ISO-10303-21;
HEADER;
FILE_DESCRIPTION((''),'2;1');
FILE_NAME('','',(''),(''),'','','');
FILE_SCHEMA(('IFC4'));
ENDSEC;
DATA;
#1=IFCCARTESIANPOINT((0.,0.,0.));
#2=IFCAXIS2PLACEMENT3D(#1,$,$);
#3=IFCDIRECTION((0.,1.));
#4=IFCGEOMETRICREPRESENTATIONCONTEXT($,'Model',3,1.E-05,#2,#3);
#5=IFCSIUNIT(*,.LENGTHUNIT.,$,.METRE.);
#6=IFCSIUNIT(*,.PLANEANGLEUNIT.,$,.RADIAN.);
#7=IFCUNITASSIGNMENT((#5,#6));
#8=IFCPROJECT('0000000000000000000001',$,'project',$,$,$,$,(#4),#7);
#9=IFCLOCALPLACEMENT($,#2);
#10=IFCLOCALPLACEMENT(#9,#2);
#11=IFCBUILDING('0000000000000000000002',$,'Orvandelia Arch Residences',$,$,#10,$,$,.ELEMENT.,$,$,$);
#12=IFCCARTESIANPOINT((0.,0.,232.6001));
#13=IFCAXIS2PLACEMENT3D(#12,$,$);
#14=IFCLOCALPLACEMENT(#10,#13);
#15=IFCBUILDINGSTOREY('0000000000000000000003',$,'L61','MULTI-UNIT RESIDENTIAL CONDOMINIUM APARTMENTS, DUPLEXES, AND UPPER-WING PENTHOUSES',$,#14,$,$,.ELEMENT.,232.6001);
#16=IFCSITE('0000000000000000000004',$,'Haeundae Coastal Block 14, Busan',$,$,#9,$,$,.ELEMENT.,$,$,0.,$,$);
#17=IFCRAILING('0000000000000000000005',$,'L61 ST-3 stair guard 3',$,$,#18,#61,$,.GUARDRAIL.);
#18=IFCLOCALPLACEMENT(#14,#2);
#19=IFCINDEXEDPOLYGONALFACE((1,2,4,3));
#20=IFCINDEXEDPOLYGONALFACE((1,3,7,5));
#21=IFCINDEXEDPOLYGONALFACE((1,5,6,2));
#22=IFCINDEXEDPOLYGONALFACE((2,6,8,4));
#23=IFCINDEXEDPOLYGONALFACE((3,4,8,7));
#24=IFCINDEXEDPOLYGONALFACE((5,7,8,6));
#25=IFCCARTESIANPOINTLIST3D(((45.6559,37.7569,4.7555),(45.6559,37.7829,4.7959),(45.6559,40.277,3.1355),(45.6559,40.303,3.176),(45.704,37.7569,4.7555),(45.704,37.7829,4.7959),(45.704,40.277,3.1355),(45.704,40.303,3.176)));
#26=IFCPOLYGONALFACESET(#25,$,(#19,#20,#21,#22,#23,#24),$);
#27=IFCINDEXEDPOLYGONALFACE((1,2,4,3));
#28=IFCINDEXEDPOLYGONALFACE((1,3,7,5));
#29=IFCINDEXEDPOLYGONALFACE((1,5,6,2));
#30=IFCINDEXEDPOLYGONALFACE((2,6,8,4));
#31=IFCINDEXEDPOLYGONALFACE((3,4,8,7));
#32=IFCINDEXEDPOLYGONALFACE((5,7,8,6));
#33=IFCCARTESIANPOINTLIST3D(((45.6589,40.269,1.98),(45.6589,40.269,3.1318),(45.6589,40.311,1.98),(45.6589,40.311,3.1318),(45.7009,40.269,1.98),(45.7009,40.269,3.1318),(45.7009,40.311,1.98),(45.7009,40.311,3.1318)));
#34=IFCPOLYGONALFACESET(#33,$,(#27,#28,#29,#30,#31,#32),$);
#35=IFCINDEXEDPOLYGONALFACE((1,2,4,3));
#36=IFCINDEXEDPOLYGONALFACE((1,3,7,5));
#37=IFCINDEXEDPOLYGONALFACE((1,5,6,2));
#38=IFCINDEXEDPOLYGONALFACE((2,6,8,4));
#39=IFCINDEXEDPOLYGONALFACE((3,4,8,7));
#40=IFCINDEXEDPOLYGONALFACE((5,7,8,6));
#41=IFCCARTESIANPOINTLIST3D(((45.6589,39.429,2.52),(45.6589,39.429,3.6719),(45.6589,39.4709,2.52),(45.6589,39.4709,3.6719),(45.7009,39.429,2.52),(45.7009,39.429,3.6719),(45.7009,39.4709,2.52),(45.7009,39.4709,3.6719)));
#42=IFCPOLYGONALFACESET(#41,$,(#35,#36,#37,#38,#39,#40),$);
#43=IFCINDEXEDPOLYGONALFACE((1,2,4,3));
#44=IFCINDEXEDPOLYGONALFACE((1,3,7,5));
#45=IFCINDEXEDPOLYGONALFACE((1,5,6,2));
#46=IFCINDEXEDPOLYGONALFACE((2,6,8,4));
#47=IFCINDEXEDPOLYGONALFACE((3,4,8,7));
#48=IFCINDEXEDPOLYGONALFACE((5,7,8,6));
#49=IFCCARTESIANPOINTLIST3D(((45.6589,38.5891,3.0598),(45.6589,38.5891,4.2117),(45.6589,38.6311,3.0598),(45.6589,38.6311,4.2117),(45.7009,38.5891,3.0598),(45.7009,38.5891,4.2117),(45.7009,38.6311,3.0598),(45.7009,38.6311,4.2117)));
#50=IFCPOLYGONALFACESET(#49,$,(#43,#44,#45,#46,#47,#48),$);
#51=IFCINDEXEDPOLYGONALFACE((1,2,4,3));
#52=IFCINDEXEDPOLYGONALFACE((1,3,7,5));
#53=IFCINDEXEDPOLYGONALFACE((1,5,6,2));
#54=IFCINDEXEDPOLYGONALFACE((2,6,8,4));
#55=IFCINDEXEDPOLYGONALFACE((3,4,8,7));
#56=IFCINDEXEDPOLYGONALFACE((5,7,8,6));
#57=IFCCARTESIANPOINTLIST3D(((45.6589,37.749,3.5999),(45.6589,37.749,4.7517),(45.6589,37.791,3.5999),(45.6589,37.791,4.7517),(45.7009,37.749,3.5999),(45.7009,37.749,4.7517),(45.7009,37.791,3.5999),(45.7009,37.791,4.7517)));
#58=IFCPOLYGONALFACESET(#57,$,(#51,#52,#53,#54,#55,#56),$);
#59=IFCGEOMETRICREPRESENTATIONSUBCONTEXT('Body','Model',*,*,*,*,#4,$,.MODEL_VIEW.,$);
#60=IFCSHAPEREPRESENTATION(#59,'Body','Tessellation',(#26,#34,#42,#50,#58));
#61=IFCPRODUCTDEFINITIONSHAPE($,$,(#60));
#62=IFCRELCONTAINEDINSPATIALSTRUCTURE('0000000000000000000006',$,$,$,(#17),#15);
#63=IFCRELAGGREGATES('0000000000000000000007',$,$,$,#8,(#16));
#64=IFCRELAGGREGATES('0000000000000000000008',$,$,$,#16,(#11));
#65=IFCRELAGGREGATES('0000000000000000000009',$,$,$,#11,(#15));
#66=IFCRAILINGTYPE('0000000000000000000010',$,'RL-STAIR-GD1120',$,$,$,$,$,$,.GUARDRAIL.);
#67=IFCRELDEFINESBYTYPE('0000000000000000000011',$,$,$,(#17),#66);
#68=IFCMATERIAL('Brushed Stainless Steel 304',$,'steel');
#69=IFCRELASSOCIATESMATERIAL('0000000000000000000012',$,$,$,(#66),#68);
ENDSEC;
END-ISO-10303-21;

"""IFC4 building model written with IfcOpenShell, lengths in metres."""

from ifc_helpers import new_model, si_unit, direction, frame, origin, origin_2d, place, context, subcontext, project, spatial, rectangle, extrude, material, type_object, element, save


model = new_model("IFC4")

# Units and contexts
model_context = context("Model", 3, precision=1e-05, world=origin(), true_north=direction((0.0, 1.0)))
body_context = subcontext(model_context, "Body", "Model", "MODEL_VIEW")
ifc_project = project(units=[si_unit("LENGTHUNIT", "METRE"), si_unit("PLANEANGLEUNIT", "RADIAN")], contexts=[model_context])

# Site, building, storey
site_placement = place(None, origin())
site = spatial("IfcSite", under=ifc_project, at=site_placement, Name="Haeundae Coastal Block 14, Busan", CompositionType="ELEMENT", RefElevation=0.0)
building_placement = place(site_placement, origin())
building = spatial("IfcBuilding", under=site, at=building_placement, Name="Orvandelia Arch Residences", CompositionType="ELEMENT")
storey_placement = place(building_placement, frame((0.0, 0.0, 232.6001)))
storey = spatial("IfcBuildingStorey", under=building, at=storey_placement, Name="L61", Description="MULTI-UNIT RESIDENTIAL CONDOMINIUM APARTMENTS, DUPLEXES, AND UPPER-WING PENTHOUSES", CompositionType="ELEMENT", Elevation=232.6001)

# Railing
ifc_material_1 = material(Name="Brushed Stainless Steel 304", Category="steel")
railing_type = type_object("IfcRailingType", Name="RL-STAIR-GD1120", PredefinedType="GUARDRAIL", material=ifc_material_1)
railing_1_placement = place(storey_placement, frame((45.6799, 40.29, 1.98)))
element("IfcRailing", 1, at=railing_1_placement, inside=storey, type_object=railing_type, Name="L61 ST-3 stair guard 3", PredefinedType="GUARDRAIL", context=body_context, shape_type="SweptSolid", body=[
    extrude(rectangle(XDim=0.0481, YDim=0.0481, at=origin_2d()), frame((0.0, 0.0, 1.1758), z_axis=(0.0, -0.8412, 0.540725), x_axis=(1.0, 0.0, 0.0)), (0.0, 0.0, 1.0), 2.9958),
    extrude(rectangle(XDim=0.042, YDim=0.042, at=origin_2d()), origin(), (0.0, 0.0, 1.0), 1.1519),
    extrude(rectangle(XDim=0.042, YDim=0.042, at=origin_2d()), frame((0.0, -0.8401, 0.54)), (0.0, 0.0, 1.0), 1.1519),
    extrude(rectangle(XDim=0.042, YDim=0.042, at=origin_2d()), frame((0.0, -1.6799, 1.0798)), (0.0, 0.0, 1.0), 1.1519),
    extrude(rectangle(XDim=0.042, YDim=0.042, at=origin_2d()), frame((0.0, -2.52, 1.6199)), (0.0, 0.0, 1.0), 1.1519),
])

save(model, "model.ifc")
